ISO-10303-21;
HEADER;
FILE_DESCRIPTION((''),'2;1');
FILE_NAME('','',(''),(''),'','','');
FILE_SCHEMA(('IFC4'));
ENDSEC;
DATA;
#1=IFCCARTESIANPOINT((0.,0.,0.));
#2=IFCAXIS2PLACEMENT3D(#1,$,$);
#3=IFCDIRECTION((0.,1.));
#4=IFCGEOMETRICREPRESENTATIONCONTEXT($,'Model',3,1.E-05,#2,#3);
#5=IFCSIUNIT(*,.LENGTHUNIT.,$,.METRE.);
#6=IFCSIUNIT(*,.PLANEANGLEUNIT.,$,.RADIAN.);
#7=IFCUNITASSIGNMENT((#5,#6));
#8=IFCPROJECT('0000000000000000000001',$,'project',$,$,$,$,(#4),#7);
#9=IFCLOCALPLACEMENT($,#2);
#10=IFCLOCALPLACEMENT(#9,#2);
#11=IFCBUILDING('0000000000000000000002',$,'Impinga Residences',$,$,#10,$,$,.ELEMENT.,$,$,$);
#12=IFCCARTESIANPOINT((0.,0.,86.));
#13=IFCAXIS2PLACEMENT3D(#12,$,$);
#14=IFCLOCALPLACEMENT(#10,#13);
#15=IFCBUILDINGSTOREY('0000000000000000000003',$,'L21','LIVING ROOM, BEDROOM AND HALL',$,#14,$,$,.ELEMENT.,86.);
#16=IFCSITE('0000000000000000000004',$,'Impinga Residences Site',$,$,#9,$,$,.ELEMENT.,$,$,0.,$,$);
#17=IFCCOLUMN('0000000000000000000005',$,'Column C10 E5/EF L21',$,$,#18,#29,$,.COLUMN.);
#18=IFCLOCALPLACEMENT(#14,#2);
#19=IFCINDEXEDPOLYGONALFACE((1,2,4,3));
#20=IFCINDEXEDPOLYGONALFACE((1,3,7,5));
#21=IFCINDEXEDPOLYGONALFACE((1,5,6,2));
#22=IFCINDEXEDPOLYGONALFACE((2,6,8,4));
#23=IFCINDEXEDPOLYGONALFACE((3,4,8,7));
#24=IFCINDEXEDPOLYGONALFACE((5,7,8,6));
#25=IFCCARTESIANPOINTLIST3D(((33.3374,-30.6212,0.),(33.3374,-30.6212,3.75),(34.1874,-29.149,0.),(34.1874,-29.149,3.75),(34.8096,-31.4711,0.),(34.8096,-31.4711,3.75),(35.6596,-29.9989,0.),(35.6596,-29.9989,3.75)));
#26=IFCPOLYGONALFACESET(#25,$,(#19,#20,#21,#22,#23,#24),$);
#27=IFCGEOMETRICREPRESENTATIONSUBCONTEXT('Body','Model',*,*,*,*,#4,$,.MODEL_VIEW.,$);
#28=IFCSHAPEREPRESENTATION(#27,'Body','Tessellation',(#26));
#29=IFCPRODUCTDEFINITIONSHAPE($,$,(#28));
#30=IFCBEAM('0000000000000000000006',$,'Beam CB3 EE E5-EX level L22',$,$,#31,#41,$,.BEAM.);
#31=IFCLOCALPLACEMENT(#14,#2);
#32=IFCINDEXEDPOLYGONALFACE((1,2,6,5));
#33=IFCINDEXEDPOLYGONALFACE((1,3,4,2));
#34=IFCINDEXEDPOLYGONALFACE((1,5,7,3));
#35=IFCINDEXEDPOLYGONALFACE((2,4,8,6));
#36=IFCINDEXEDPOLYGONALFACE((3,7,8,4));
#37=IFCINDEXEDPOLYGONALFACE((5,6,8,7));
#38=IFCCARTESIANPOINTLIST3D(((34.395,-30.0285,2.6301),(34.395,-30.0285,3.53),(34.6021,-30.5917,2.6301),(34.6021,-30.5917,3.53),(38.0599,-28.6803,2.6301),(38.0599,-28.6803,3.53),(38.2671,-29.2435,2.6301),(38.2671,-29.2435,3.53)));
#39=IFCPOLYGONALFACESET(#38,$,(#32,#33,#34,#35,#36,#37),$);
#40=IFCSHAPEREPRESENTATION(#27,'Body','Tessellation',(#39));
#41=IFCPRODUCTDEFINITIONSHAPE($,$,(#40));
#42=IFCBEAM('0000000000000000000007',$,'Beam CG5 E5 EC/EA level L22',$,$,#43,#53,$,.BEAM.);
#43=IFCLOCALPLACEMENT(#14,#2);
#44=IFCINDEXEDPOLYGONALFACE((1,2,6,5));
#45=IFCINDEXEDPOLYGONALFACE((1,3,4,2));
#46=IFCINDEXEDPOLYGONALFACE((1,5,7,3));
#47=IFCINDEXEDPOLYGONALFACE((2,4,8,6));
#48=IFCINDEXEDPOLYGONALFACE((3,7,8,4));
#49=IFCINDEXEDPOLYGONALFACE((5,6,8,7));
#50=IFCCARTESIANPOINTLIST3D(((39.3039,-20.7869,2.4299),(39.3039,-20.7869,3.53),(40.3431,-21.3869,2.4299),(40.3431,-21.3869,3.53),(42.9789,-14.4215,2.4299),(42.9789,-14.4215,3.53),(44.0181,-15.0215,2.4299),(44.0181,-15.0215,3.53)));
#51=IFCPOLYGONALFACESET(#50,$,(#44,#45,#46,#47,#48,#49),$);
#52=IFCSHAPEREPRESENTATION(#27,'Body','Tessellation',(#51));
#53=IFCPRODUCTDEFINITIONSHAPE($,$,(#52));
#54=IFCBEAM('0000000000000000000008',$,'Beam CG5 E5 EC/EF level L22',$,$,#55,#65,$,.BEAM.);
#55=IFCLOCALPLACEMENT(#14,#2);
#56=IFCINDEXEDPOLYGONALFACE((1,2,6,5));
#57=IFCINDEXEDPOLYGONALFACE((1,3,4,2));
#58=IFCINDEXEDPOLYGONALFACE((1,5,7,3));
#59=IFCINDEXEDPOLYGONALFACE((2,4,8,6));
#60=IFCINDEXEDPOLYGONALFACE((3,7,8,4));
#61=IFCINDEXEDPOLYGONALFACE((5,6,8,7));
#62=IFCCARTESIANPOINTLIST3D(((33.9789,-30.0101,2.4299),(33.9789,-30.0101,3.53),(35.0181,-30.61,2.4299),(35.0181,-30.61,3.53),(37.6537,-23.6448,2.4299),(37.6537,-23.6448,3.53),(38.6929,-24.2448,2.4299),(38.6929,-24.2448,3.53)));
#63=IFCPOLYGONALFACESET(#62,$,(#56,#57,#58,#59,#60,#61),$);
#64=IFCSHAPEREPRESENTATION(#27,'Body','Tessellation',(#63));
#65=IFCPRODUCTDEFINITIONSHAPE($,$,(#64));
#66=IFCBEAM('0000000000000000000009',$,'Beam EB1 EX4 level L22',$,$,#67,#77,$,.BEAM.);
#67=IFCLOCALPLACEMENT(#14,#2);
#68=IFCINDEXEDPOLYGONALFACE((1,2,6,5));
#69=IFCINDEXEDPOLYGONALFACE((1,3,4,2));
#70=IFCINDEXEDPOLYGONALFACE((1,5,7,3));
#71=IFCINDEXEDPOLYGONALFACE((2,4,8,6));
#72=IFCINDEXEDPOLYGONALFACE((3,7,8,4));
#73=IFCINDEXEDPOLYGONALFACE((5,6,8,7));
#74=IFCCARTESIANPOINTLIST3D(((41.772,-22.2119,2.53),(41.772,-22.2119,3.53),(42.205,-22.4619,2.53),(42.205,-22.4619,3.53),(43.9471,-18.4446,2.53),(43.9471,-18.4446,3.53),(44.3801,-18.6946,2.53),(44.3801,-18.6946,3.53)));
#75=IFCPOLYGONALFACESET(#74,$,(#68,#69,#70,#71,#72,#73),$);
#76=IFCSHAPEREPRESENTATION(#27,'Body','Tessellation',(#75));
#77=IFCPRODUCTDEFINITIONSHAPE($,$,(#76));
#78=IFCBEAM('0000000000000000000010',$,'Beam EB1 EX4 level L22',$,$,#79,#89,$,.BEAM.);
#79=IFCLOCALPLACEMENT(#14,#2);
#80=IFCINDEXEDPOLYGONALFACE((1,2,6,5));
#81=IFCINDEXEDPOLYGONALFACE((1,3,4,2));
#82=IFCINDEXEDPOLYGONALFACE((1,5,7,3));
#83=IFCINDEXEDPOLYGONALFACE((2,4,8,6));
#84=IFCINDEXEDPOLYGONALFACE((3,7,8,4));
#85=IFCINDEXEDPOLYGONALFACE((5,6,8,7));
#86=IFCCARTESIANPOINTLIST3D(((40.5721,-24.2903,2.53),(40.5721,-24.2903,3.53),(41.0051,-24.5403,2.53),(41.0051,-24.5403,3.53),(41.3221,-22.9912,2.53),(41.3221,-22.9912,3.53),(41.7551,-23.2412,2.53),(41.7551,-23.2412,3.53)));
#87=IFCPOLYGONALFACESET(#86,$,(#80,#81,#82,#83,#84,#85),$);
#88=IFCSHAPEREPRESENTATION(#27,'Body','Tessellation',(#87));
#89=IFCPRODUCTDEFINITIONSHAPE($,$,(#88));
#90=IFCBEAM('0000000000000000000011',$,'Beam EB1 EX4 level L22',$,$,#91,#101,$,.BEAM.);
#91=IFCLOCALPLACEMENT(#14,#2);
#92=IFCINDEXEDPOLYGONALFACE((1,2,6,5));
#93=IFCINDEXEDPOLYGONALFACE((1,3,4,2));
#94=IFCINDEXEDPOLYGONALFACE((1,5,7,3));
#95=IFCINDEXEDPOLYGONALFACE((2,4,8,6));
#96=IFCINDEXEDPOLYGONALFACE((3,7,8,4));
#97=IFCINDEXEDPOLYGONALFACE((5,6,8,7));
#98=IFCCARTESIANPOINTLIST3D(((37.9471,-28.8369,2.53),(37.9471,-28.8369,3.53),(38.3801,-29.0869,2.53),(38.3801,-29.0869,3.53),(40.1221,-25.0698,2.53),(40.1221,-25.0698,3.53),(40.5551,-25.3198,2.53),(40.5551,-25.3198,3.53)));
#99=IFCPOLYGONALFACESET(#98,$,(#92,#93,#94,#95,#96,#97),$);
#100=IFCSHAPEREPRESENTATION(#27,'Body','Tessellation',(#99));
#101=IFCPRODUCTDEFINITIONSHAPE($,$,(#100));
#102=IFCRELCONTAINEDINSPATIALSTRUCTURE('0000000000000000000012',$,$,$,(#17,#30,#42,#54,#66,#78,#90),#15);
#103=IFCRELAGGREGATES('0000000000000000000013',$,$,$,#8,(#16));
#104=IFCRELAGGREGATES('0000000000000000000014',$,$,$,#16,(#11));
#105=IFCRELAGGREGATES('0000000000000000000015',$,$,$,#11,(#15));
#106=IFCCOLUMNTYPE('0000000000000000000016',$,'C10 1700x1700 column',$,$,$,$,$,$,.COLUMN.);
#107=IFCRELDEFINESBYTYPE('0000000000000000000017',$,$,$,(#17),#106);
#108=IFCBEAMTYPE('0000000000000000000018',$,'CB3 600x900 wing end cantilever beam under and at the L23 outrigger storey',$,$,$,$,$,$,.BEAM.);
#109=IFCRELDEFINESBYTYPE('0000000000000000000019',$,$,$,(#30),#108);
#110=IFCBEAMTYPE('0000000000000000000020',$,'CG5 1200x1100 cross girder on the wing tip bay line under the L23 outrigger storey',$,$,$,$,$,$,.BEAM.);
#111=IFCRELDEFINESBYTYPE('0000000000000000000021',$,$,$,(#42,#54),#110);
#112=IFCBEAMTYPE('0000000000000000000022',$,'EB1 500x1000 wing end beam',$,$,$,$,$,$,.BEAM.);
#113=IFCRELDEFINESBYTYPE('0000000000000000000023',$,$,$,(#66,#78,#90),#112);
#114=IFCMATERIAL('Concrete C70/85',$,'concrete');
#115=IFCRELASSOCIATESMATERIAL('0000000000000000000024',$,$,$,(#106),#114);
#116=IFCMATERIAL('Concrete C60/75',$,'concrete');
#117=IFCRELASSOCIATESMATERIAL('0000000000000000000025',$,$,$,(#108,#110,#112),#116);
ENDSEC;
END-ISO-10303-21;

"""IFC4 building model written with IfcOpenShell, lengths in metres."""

from ifc_helpers import new_model, si_unit, direction, frame, origin, origin_2d, place, context, subcontext, project, spatial, rectangle, extrude, material, material_profile, profile_set, type_object, element, save


model = new_model("IFC4")

# Units and contexts
model_context = context("Model", 3, precision=1e-05, world=origin(), true_north=direction((0.0, 1.0)))
body_context = subcontext(model_context, "Body", "Model", "MODEL_VIEW")
ifc_project = project(units=[si_unit("LENGTHUNIT", "METRE"), si_unit("PLANEANGLEUNIT", "RADIAN")], contexts=[model_context])

# Site, building, storey
site_placement = place(None, origin())
site = spatial("IfcSite", under=ifc_project, at=site_placement, Name="Impinga Residences Site", CompositionType="ELEMENT", RefElevation=0.0)
building_placement = place(site_placement, origin())
building = spatial("IfcBuilding", under=site, at=building_placement, Name="Impinga Residences", CompositionType="ELEMENT")
storey_placement = place(building_placement, frame((0.0, 0.0, 86.0)))
storey = spatial("IfcBuildingStorey", under=building, at=storey_placement, Name="L21", Description="LIVING ROOM, BEDROOM AND HALL", CompositionType="ELEMENT", Elevation=86.0)

# Column
ifc_material_1 = material(Name="Concrete C70/85", Category="concrete")
ifc_material_profile_1 = material_profile(ifc_material_1, rectangle(XDim=1.7, YDim=1.7, at=origin_2d()), Name="RC 1700x1700")
ifc_profile_set_1 = profile_set([ifc_material_profile_1], Name="Concrete C70/85")
column_type = type_object("IfcColumnType", Name="C10 1700x1700 column", PredefinedType="COLUMN", material=ifc_profile_set_1)
column_placement = place(storey_placement, frame((34.4985, -30.3101, 0.0), z_axis=(0.0, 0.0, 1.0), x_axis=(-0.5, -0.866025, 0.0)))
element("IfcColumn", 1, at=column_placement, inside=storey, type_object=column_type, Name="Column C10 E5/EF L21", PredefinedType="COLUMN", context=body_context, shape_type="SweptSolid", body=[
    extrude(rectangle(XDim=1.7, YDim=1.7, at=origin_2d()), origin(), (0.0, 0.0, 1.0), 3.75),
])

# Beams
ifc_material_2 = material(Name="Concrete C60/75", Category="concrete")
ifc_material_profile_2 = material_profile(ifc_material_2, rectangle(XDim=0.6001, YDim=0.8999, at=origin_2d()), Name="RC 600x900")
ifc_profile_set_2 = profile_set([ifc_material_profile_2], Name="Concrete C60/75")
beam_type_1 = type_object("IfcBeamType", Name="CB3 600x900 wing end cantilever beam under and at the L23 outrigger storey", PredefinedType="BEAM", material=ifc_profile_set_2)
beam_1_placement = place(storey_placement, frame((34.4985, -30.3101, 3.0801), z_axis=(0.93852, 0.345224, 0.0), x_axis=(-0.345224, 0.93852, 0.0)))
element("IfcBeam", 2, at=beam_1_placement, inside=storey, type_object=beam_type_1, Name="Beam CB3 EE E5-EX level L22", PredefinedType="BEAM", context=body_context, shape_type="SweptSolid", body=[
    extrude(rectangle(XDim=0.6001, YDim=0.8999, at=origin_2d()), origin(), (0.0, 0.0, 1.0), 3.905),
])
ifc_material_profile_3 = material_profile(ifc_material_2, rectangle(XDim=1.2, YDim=1.1001, at=origin_2d()), Name="RC 1200x1100")
ifc_profile_set_3 = profile_set([ifc_material_profile_3], Name="Concrete C60/75")
beam_type_2 = type_object("IfcBeamType", Name="CG5 1200x1100 cross girder on the wing tip bay line under the L23 outrigger storey", PredefinedType="BEAM", material=ifc_profile_set_3)
beam_2_placement = place(storey_placement, frame((39.8235, -21.0869, 2.98), z_axis=(0.499994, 0.866029, 0.0), x_axis=(-0.866029, 0.499994, 0.0)))
element("IfcBeam", 3, at=beam_2_placement, inside=storey, type_object=beam_type_2, Name="Beam CG5 E5 EC/EA level L22", PredefinedType="BEAM", context=body_context, shape_type="SweptSolid", body=[
    extrude(rectangle(XDim=1.2, YDim=1.1001, at=origin_2d()), origin(), (0.0, 0.0, 1.0), 7.3501),
])
beam_3_placement = place(storey_placement, frame((38.1733, -23.9448, 2.98), z_axis=(-0.499983, -0.866035, 0.0), x_axis=(0.866035, -0.499983, 0.0)))
element("IfcBeam", 4, at=beam_3_placement, inside=storey, type_object=beam_type_2, Name="Beam CG5 E5 EC/EF level L22", PredefinedType="BEAM", context=body_context, shape_type="SweptSolid", body=[
    extrude(rectangle(XDim=1.2, YDim=1.1001, at=origin_2d()), origin(), (0.0, 0.0, 1.0), 7.3499),
])
ifc_material_profile_4 = material_profile(ifc_material_2, rectangle(XDim=0.5, YDim=1.0, at=origin_2d()), Name="RC 500x1000")
ifc_profile_set_4 = profile_set([ifc_material_profile_4], Name="Concrete C60/75")
beam_type_3 = type_object("IfcBeamType", Name="EB1 500x1000 wing end beam", PredefinedType="BEAM", material=ifc_profile_set_4)
beam_4_placement = place(storey_placement, frame((44.1636, -18.5696, 3.03), z_axis=(-0.499996, -0.866028, 0.0), x_axis=(0.866028, -0.499996, 0.0)))
element("IfcBeam", 5, at=beam_4_placement, inside=storey, type_object=beam_type_3, Name="Beam EB1 EX4 level L22", PredefinedType="BEAM", context=body_context, shape_type="SweptSolid", body=[
    extrude(rectangle(XDim=0.5, YDim=1.0, at=origin_2d()), origin(), (0.0, 0.0, 1.0), 4.3501),
])
beam_5_placement = place(storey_placement, frame((41.5386, -23.1162, 3.03), z_axis=(-0.49999, -0.866031, 0.0), x_axis=(0.866031, -0.49999, 0.0)))
element("IfcBeam", 6, at=beam_5_placement, inside=storey, type_object=beam_type_3, Name="Beam EB1 EX4 level L22", PredefinedType="BEAM", context=body_context, shape_type="SweptSolid", body=[
    extrude(rectangle(XDim=0.5, YDim=1.0, at=origin_2d()), origin(), (0.0, 0.0, 1.0), 1.5),
])
beam_6_placement = place(storey_placement, frame((40.3386, -25.1948, 3.03), z_axis=(-0.50002, -0.866014, 0.0), x_axis=(0.866014, -0.50002, 0.0)))
element("IfcBeam", 7, at=beam_6_placement, inside=storey, type_object=beam_type_3, Name="Beam EB1 EX4 level L22", PredefinedType="BEAM", context=body_context, shape_type="SweptSolid", body=[
    extrude(rectangle(XDim=0.5, YDim=1.0, at=origin_2d()), origin(), (0.0, 0.0, 1.0), 4.3499),
])

save(model, "model.ifc")
